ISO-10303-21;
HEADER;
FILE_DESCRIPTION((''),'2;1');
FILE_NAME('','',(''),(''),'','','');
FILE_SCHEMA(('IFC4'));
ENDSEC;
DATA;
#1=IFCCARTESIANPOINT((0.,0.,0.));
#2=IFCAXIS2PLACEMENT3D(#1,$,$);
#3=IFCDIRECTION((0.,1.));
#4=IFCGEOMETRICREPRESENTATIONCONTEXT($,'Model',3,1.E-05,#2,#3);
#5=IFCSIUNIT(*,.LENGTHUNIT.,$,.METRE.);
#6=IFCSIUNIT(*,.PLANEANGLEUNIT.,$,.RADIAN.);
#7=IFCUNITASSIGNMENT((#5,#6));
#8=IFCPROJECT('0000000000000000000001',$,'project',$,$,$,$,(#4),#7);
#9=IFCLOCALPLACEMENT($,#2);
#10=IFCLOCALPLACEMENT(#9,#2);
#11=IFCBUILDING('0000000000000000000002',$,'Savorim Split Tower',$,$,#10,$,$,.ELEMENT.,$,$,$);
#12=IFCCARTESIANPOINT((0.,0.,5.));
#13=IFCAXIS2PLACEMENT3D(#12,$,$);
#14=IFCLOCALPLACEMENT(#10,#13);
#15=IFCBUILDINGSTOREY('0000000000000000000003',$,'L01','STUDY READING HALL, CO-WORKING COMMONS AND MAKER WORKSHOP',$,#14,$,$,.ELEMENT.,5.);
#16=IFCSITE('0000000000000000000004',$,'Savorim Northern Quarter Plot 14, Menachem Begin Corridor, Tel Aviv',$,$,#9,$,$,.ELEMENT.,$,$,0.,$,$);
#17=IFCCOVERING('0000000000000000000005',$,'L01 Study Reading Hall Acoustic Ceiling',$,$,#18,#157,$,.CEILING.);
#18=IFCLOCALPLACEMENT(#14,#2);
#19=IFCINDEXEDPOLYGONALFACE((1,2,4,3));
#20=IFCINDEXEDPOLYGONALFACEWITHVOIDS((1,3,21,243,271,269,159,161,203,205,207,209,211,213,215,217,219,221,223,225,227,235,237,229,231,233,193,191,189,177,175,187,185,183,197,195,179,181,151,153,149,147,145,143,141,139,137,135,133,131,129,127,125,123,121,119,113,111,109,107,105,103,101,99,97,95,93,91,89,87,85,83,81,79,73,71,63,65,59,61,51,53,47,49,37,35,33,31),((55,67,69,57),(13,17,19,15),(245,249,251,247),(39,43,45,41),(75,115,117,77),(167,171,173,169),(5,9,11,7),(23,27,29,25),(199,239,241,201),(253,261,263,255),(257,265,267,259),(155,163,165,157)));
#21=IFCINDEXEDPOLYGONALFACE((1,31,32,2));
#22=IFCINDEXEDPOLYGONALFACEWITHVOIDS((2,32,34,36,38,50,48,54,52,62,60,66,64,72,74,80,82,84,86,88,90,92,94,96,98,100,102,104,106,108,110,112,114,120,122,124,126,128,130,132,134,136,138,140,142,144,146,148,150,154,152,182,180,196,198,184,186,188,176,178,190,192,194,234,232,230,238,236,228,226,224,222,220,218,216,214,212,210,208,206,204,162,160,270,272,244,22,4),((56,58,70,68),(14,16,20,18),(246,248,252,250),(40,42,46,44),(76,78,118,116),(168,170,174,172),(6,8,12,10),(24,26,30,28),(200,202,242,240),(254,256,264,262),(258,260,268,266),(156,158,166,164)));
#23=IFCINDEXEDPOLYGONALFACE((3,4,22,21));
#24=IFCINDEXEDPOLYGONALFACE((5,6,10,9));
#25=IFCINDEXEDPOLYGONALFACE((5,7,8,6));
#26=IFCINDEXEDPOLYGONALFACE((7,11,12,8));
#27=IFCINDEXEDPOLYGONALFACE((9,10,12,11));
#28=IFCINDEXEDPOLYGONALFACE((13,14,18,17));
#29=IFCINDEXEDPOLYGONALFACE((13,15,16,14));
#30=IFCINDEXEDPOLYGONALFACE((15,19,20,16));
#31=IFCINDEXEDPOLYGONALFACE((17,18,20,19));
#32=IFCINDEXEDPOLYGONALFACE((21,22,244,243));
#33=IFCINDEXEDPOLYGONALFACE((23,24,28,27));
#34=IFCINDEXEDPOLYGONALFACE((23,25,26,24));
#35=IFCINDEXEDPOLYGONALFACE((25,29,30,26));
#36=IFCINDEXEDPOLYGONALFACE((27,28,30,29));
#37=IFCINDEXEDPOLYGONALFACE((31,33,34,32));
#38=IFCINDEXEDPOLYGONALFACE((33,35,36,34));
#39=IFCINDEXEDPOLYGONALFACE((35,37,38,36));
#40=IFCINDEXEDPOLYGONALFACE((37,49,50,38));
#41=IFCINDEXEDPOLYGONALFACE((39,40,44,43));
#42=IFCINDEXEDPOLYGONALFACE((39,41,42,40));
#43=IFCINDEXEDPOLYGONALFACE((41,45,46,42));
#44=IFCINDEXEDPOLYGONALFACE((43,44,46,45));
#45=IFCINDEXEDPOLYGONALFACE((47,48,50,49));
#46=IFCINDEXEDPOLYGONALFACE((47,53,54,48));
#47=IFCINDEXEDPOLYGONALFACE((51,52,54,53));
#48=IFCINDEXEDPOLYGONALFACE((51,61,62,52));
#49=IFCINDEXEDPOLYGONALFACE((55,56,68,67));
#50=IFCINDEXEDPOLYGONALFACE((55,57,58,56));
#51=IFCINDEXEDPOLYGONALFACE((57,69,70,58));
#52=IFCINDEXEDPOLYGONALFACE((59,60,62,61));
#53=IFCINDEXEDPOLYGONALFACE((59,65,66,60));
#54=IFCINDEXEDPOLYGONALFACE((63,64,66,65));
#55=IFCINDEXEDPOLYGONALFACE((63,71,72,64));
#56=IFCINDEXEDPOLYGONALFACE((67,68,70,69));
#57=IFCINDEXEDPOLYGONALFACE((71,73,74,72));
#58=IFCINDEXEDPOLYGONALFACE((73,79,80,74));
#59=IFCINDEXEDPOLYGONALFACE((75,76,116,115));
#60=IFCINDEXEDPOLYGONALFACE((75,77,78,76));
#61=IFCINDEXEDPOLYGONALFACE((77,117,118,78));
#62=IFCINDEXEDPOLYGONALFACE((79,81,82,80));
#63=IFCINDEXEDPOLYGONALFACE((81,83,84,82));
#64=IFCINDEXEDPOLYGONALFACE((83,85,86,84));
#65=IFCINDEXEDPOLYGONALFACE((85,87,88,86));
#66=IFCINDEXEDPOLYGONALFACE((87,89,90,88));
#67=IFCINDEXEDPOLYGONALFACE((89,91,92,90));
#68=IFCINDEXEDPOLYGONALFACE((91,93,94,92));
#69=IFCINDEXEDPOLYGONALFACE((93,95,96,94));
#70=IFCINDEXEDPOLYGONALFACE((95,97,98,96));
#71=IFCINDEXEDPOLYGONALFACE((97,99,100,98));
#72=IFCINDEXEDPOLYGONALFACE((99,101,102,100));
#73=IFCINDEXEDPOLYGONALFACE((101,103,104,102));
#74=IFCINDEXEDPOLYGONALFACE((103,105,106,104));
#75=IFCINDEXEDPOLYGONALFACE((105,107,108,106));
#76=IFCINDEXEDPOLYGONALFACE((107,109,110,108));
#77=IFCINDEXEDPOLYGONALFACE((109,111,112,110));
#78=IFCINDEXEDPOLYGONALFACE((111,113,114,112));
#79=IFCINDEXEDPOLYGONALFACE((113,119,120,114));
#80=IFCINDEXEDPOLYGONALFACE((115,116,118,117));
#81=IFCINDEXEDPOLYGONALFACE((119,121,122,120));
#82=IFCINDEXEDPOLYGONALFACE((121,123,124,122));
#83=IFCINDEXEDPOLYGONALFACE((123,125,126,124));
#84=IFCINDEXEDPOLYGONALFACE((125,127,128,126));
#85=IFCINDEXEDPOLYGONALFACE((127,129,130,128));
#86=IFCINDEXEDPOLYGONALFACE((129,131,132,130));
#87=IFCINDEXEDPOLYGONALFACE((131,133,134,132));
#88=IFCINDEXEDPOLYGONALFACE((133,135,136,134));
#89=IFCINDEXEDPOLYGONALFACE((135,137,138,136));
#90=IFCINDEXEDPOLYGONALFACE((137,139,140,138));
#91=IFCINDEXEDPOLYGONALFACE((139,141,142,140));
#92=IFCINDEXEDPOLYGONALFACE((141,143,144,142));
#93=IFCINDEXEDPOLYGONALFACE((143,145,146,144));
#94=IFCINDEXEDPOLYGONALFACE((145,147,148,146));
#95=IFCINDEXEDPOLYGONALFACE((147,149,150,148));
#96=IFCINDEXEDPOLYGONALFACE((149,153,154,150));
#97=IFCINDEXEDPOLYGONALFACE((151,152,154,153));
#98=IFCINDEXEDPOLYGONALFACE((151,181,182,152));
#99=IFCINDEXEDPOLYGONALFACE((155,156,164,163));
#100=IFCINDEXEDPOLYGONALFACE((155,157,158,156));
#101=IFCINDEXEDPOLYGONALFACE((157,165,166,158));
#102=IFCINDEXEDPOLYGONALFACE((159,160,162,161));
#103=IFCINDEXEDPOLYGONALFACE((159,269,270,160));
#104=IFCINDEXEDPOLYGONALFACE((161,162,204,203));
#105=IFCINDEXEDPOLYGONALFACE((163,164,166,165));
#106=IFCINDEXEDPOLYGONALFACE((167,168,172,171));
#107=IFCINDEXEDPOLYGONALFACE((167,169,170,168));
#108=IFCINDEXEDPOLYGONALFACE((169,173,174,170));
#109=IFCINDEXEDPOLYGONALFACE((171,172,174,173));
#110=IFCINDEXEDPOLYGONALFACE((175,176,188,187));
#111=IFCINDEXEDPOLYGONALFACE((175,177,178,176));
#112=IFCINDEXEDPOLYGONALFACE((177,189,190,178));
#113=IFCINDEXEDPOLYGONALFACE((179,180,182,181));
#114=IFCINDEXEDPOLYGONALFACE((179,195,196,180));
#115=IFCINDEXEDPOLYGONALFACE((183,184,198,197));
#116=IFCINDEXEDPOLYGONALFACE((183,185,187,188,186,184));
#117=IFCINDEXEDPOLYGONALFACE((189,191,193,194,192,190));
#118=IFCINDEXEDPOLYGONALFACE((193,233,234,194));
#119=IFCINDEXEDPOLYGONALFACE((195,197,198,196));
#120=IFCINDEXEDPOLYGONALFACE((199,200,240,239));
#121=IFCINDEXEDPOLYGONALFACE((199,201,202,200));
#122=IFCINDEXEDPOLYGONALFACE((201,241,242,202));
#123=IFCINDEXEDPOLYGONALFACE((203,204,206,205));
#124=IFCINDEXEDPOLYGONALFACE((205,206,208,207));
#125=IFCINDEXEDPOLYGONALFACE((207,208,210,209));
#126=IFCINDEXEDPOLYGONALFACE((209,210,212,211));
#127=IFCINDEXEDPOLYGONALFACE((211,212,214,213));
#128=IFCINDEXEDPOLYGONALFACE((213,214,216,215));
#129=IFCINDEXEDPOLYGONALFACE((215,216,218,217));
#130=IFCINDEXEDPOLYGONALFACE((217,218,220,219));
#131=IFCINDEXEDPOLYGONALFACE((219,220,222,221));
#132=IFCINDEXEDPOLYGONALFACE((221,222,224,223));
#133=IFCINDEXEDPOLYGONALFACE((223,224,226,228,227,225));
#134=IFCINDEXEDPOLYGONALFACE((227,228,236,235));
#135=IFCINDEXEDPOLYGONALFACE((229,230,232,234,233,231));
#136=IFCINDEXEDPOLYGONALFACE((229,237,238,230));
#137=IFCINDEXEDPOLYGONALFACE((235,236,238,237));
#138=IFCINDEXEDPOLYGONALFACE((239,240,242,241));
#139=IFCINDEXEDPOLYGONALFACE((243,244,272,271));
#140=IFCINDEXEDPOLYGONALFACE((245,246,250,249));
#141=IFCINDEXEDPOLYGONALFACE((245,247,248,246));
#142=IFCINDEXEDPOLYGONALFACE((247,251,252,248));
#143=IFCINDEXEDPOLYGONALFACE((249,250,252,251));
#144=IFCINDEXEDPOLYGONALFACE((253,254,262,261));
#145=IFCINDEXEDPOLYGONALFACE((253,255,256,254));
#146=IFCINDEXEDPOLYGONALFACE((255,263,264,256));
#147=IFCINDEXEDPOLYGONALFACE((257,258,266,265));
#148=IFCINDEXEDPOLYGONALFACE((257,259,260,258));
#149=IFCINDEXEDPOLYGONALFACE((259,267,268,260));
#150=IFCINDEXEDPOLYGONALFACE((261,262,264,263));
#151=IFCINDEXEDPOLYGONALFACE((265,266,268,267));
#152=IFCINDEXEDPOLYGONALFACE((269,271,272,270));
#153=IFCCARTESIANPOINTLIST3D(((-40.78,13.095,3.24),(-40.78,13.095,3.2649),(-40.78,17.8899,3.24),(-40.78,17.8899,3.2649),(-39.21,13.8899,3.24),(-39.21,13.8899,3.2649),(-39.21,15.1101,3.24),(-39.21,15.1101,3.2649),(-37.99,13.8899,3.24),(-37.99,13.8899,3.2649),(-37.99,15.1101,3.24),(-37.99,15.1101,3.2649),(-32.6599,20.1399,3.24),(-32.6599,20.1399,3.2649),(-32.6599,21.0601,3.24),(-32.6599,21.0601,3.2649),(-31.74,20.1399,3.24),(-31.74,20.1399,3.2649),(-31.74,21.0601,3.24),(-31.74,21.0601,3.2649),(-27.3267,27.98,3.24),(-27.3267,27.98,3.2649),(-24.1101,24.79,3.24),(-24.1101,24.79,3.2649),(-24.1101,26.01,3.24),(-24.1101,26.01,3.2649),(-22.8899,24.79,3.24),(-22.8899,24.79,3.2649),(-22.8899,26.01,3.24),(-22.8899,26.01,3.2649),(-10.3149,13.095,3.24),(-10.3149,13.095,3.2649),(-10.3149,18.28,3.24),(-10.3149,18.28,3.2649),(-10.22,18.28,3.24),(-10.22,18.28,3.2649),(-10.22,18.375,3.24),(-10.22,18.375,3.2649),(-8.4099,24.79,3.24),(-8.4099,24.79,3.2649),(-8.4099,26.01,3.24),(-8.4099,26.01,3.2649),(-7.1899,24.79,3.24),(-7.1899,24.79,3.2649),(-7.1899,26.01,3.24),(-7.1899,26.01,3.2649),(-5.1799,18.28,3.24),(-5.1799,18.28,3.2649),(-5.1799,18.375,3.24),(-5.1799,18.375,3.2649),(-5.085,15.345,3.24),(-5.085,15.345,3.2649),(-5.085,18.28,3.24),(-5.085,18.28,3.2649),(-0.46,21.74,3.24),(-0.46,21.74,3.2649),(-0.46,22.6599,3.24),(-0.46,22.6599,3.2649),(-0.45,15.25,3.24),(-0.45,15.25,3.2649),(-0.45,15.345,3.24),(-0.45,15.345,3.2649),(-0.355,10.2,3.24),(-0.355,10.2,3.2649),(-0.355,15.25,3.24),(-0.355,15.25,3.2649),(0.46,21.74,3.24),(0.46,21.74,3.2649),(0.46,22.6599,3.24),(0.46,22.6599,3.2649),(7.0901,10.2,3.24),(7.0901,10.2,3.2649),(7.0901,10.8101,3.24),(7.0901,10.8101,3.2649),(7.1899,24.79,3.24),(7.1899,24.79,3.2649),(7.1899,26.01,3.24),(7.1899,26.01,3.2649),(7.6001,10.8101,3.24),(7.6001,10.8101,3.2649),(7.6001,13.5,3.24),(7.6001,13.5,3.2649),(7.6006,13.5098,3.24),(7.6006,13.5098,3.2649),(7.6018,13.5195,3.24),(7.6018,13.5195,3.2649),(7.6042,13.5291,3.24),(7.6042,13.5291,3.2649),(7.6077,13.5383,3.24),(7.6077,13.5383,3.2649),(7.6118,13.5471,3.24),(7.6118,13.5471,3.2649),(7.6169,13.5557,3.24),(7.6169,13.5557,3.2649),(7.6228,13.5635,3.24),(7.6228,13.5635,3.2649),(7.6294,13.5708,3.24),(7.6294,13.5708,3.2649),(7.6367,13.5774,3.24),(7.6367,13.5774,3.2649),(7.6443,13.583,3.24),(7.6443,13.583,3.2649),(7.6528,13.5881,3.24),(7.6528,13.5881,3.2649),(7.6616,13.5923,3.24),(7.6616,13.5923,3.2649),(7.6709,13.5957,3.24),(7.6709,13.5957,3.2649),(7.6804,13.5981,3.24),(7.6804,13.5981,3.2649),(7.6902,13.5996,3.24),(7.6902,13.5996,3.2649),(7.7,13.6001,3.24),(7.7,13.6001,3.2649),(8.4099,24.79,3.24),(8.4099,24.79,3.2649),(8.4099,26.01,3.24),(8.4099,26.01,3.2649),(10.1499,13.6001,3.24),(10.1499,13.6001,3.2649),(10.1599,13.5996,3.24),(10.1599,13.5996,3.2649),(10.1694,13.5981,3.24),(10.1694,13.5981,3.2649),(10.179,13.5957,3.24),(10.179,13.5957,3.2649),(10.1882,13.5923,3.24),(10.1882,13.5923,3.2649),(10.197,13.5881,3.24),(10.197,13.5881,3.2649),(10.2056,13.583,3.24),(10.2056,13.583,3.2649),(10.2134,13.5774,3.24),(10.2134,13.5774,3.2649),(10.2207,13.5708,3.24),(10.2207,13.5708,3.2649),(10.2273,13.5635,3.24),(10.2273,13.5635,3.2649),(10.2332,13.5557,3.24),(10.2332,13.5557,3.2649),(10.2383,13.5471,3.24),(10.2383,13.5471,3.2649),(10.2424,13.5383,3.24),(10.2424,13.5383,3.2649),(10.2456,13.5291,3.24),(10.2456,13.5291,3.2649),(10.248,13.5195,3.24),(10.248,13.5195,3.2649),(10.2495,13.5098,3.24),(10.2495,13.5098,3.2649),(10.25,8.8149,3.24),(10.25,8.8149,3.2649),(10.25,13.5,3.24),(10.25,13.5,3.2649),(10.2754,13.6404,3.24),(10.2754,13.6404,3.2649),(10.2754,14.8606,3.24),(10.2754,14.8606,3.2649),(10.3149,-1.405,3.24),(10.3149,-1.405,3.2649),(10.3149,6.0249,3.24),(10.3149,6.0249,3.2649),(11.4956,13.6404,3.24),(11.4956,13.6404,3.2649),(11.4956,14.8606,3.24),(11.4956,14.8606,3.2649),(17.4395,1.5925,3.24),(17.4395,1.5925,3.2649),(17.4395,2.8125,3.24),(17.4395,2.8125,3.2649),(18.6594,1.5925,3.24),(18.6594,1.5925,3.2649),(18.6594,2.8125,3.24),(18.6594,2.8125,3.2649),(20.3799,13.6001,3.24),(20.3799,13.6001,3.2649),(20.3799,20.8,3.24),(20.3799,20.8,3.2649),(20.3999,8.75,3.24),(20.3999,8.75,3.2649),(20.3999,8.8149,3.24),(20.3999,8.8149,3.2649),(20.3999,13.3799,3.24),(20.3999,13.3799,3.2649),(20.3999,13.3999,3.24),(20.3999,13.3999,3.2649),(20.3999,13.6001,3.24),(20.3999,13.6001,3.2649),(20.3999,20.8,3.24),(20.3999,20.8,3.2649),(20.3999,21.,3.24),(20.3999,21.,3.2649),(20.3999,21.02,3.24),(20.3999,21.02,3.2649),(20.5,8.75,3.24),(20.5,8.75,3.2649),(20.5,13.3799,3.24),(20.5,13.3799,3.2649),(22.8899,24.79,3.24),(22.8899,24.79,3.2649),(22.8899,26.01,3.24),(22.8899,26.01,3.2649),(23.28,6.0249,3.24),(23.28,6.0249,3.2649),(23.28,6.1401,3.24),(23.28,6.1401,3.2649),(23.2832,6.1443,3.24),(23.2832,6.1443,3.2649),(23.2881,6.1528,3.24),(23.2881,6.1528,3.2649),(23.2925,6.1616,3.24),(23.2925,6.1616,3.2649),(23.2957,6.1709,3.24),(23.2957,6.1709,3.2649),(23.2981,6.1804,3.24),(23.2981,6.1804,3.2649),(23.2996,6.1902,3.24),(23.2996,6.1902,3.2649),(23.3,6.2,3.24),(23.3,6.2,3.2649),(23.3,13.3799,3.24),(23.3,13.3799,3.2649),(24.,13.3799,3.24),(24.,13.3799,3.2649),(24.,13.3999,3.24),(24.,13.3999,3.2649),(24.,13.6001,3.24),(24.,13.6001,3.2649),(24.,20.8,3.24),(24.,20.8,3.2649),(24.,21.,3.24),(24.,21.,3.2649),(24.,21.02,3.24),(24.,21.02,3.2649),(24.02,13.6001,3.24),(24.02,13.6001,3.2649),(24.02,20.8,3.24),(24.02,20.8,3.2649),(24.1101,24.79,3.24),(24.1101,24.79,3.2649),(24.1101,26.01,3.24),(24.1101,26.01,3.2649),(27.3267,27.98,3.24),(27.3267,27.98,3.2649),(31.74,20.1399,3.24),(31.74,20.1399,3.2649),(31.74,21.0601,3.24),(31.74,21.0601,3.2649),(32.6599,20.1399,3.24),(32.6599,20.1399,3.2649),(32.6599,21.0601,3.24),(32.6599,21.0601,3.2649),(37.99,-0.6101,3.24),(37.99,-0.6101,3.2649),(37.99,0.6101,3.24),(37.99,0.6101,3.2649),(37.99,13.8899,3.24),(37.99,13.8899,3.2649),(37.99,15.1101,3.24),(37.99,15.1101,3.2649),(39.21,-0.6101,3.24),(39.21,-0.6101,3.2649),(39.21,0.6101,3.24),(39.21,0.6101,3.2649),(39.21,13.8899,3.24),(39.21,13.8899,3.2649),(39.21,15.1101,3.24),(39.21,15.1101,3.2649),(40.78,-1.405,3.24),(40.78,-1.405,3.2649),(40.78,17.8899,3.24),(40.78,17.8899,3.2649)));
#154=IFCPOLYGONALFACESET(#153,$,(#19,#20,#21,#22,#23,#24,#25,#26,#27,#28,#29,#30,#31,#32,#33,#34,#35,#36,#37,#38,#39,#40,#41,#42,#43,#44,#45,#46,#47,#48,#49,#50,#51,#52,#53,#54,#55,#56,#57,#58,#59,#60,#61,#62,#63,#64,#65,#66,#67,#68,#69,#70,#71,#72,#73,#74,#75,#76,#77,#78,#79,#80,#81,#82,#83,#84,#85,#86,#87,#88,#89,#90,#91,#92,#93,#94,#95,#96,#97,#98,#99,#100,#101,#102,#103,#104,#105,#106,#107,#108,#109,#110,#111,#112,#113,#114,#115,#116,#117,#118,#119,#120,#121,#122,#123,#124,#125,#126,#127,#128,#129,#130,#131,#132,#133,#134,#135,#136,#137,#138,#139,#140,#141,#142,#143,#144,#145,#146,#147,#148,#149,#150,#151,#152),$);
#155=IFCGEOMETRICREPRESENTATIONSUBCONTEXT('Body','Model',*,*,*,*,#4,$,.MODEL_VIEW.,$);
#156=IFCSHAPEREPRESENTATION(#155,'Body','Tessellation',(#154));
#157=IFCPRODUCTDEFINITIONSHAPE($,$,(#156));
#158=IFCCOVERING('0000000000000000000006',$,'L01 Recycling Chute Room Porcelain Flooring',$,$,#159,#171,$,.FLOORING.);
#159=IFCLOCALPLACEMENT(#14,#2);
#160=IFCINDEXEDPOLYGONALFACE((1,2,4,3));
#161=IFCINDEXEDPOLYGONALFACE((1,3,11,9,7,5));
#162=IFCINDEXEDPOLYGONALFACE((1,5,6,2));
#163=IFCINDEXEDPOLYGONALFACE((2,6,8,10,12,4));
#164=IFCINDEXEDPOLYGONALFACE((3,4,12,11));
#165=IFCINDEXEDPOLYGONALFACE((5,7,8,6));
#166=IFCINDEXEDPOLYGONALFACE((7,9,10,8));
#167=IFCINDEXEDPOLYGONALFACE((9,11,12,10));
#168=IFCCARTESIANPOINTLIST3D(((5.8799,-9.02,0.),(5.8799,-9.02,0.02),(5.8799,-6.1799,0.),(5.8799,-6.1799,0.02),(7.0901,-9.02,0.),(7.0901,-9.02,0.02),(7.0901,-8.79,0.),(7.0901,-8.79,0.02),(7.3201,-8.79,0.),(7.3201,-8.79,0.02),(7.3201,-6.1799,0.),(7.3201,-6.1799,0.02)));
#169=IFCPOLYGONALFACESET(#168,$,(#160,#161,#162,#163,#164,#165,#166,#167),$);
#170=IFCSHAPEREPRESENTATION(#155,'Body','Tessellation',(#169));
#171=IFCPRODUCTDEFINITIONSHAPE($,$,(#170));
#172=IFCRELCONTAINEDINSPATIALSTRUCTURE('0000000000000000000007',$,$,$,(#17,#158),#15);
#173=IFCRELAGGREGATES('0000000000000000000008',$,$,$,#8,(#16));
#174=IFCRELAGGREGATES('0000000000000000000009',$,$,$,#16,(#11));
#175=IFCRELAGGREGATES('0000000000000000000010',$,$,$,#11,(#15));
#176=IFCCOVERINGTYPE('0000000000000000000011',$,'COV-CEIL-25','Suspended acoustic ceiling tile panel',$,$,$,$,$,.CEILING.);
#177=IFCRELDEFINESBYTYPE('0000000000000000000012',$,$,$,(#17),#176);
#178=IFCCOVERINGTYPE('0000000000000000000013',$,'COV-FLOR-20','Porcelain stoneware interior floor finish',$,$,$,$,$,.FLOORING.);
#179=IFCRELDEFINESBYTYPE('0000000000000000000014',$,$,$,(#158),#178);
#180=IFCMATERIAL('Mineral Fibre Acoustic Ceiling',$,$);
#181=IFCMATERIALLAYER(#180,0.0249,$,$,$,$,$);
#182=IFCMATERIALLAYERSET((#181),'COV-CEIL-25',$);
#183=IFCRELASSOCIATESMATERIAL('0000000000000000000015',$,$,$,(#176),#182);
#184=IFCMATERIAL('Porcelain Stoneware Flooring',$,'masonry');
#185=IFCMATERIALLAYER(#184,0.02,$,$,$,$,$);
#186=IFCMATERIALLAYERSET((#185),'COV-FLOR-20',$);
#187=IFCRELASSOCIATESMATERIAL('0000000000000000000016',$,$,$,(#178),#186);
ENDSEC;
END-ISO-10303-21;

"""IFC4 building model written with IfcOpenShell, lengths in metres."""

from ifc_helpers import new_model, si_unit, direction, frame, origin, place, context, subcontext, project, spatial, polyline, outline, extrude, material, layer, layer_set, type_object, element, save


model = new_model("IFC4")

# Units and contexts
model_context = context("Model", 3, precision=1e-05, world=origin(), true_north=direction((0.0, 1.0)))
body_context = subcontext(model_context, "Body", "Model", "MODEL_VIEW")
ifc_project = project(units=[si_unit("LENGTHUNIT", "METRE"), si_unit("PLANEANGLEUNIT", "RADIAN")], contexts=[model_context])

# Site, building, storey
site_placement = place(None, origin())
site = spatial("IfcSite", under=ifc_project, at=site_placement, Name="Savorim Northern Quarter Plot 14, Menachem Begin Corridor, Tel Aviv", CompositionType="ELEMENT", RefElevation=0.0)
building_placement = place(site_placement, origin())
building = spatial("IfcBuilding", under=site, at=building_placement, Name="Savorim Split Tower", CompositionType="ELEMENT")
storey_placement = place(building_placement, frame((0.0, 0.0, 5.0)))
storey = spatial("IfcBuildingStorey", under=building, at=storey_placement, Name="L01", Description="STUDY READING HALL, CO-WORKING COMMONS AND MAKER WORKSHOP", CompositionType="ELEMENT", Elevation=5.0)

# Coverings
ifc_material_1 = material(Name="Mineral Fibre Acoustic Ceiling")
ifc_layer_1 = layer(ifc_material_1, 0.0249)
ifc_layer_set_1 = layer_set([ifc_layer_1], Name="COV-CEIL-25")
covering_type_1 = type_object("IfcCoveringType", Name="COV-CEIL-25", Description="Suspended acoustic ceiling tile panel", PredefinedType="CEILING", material=ifc_layer_set_1)
covering_1_placement = place(storey_placement, frame((0.0, 0.0, 3.24)))
element("IfcCovering", 1, at=covering_1_placement, inside=storey, type_object=covering_type_1, Name="L01 Study Reading Hall Acoustic Ceiling", PredefinedType="CEILING", context=body_context, shape_type="SweptSolid", body=[
    extrude(outline(polyline([(27.3267, 27.98), (-27.3267, 27.98), (-40.78, 17.8899), (-40.78, 13.095), (-10.3149, 13.095), (-10.3149, 18.28), (-10.22, 18.28), (-10.22, 18.375), (-5.1799, 18.375), (-5.1799, 18.28), (-5.085, 18.28), (-5.085, 15.345), (-0.45, 15.345), (-0.45, 15.25), (-0.355, 15.25), (-0.355, 10.2), (7.0901, 10.2), (7.0901, 10.8101), (7.6001, 10.8101), (7.6001, 13.5), (7.6006, 13.5098), (7.6018, 13.5195), (7.6042, 13.5291), (7.6077, 13.5383), (7.6118, 13.5471), (7.6169, 13.5557), (7.6228, 13.5635), (7.6294, 13.5708), (7.6367, 13.5774), (7.6443, 13.583), (7.6528, 13.5881), (7.6616, 13.5923), (7.6709, 13.5957), (7.6804, 13.5981), (7.6902, 13.5996), (7.7, 13.6001), (10.1499, 13.6001), (10.1599, 13.5996), (10.1694, 13.5981), (10.179, 13.5957), (10.1882, 13.5923), (10.197, 13.5881), (10.2056, 13.583), (10.2134, 13.5774), (10.2207, 13.5708), (10.2273, 13.5635), (10.2332, 13.5557), (10.2383, 13.5471), (10.2424, 13.5383), (10.2456, 13.5291), (10.248, 13.5195), (10.2495, 13.5098), (10.25, 13.5), (10.25, 8.8149), (20.3999, 8.8149), (20.3999, 8.75), (20.5, 8.75), (20.5, 13.3799), (20.3999, 13.3799), (20.3999, 13.3999), (20.3999, 13.6001), (20.3799, 13.6001), (20.3799, 20.8), (20.3999, 20.8), (20.3999, 21.0), (20.3999, 21.02), (24.0, 21.02), (24.0, 21.0), (24.0, 20.8), (24.02, 20.8), (24.02, 13.6001), (24.0, 13.6001), (24.0, 13.3999), (24.0, 13.3799), (23.3, 13.3799), (23.3, 6.2), (23.2996, 6.1902), (23.2981, 6.1804), (23.2957, 6.1709), (23.2925, 6.1616), (23.2881, 6.1528), (23.2832, 6.1443), (23.28, 6.1401), (23.28, 6.0249), (10.3149, 6.0249), (10.3149, -1.405), (40.78, -1.405), (40.78, 17.8899), (27.3267, 27.98)]), holes=[polyline([(37.99, 0.6101), (37.99, -0.6101), (39.21, -0.6101), (39.21, 0.6101), (37.99, 0.6101)]), polyline([(37.99, 13.8899), (39.21, 13.8899), (39.21, 15.1101), (37.99, 15.1101), (37.99, 13.8899)]), polyline([(22.8899, 24.79), (24.1101, 24.79), (24.1101, 26.01), (22.8899, 26.01), (22.8899, 24.79)]), polyline([(7.1899, 24.79), (8.4099, 24.79), (8.4099, 26.01), (7.1899, 26.01), (7.1899, 24.79)]), polyline([(-7.1899, 24.79), (-7.1899, 26.01), (-8.4099, 26.01), (-8.4099, 24.79), (-7.1899, 24.79)]), polyline([(-22.8899, 26.01), (-24.1101, 26.01), (-24.1101, 24.79), (-22.8899, 24.79), (-22.8899, 26.01)]), polyline([(-37.99, 15.1101), (-39.21, 15.1101), (-39.21, 13.8899), (-37.99, 13.8899), (-37.99, 15.1101)]), polyline([(18.6594, 2.8125), (17.4395, 2.8125), (17.4395, 1.5925), (18.6594, 1.5925), (18.6594, 2.8125)]), polyline([(10.2754, 14.8606), (10.2754, 13.6404), (11.4956, 13.6404), (11.4956, 14.8606), (10.2754, 14.8606)]), polyline([(31.74, 20.1399), (32.6599, 20.1399), (32.6599, 21.0601), (31.74, 21.0601), (31.74, 20.1399)]), polyline([(-31.74, 20.1399), (-31.74, 21.0601), (-32.6599, 21.0601), (-32.6599, 20.1399), (-31.74, 20.1399)]), polyline([(-0.46, 22.6599), (-0.46, 21.74), (0.46, 21.74), (0.46, 22.6599), (-0.46, 22.6599)])]), origin(), (0.0, 0.0, 1.0), 0.0249),
])
ifc_material_2 = material(Name="Porcelain Stoneware Flooring", Category="masonry")
ifc_layer_2 = layer(ifc_material_2, 0.02)
ifc_layer_set_2 = layer_set([ifc_layer_2], Name="COV-FLOR-20")
covering_type_2 = type_object("IfcCoveringType", Name="COV-FLOR-20", Description="Porcelain stoneware interior floor finish", PredefinedType="FLOORING", material=ifc_layer_set_2)
covering_2_placement = place(storey_placement, origin())
element("IfcCovering", 2, at=covering_2_placement, inside=storey, type_object=covering_type_2, Name="L01 Recycling Chute Room Porcelain Flooring", PredefinedType="FLOORING", context=body_context, shape_type="SweptSolid", body=[
    extrude(outline(polyline([(5.8799, -6.1799), (5.8799, -9.02), (7.0901, -9.02), (7.0901, -8.79), (7.3201, -8.79), (7.3201, -6.1799), (5.8799, -6.1799)])), origin(), (0.0, 0.0, 1.0), 0.02),
])

save(model, "model.ifc")
